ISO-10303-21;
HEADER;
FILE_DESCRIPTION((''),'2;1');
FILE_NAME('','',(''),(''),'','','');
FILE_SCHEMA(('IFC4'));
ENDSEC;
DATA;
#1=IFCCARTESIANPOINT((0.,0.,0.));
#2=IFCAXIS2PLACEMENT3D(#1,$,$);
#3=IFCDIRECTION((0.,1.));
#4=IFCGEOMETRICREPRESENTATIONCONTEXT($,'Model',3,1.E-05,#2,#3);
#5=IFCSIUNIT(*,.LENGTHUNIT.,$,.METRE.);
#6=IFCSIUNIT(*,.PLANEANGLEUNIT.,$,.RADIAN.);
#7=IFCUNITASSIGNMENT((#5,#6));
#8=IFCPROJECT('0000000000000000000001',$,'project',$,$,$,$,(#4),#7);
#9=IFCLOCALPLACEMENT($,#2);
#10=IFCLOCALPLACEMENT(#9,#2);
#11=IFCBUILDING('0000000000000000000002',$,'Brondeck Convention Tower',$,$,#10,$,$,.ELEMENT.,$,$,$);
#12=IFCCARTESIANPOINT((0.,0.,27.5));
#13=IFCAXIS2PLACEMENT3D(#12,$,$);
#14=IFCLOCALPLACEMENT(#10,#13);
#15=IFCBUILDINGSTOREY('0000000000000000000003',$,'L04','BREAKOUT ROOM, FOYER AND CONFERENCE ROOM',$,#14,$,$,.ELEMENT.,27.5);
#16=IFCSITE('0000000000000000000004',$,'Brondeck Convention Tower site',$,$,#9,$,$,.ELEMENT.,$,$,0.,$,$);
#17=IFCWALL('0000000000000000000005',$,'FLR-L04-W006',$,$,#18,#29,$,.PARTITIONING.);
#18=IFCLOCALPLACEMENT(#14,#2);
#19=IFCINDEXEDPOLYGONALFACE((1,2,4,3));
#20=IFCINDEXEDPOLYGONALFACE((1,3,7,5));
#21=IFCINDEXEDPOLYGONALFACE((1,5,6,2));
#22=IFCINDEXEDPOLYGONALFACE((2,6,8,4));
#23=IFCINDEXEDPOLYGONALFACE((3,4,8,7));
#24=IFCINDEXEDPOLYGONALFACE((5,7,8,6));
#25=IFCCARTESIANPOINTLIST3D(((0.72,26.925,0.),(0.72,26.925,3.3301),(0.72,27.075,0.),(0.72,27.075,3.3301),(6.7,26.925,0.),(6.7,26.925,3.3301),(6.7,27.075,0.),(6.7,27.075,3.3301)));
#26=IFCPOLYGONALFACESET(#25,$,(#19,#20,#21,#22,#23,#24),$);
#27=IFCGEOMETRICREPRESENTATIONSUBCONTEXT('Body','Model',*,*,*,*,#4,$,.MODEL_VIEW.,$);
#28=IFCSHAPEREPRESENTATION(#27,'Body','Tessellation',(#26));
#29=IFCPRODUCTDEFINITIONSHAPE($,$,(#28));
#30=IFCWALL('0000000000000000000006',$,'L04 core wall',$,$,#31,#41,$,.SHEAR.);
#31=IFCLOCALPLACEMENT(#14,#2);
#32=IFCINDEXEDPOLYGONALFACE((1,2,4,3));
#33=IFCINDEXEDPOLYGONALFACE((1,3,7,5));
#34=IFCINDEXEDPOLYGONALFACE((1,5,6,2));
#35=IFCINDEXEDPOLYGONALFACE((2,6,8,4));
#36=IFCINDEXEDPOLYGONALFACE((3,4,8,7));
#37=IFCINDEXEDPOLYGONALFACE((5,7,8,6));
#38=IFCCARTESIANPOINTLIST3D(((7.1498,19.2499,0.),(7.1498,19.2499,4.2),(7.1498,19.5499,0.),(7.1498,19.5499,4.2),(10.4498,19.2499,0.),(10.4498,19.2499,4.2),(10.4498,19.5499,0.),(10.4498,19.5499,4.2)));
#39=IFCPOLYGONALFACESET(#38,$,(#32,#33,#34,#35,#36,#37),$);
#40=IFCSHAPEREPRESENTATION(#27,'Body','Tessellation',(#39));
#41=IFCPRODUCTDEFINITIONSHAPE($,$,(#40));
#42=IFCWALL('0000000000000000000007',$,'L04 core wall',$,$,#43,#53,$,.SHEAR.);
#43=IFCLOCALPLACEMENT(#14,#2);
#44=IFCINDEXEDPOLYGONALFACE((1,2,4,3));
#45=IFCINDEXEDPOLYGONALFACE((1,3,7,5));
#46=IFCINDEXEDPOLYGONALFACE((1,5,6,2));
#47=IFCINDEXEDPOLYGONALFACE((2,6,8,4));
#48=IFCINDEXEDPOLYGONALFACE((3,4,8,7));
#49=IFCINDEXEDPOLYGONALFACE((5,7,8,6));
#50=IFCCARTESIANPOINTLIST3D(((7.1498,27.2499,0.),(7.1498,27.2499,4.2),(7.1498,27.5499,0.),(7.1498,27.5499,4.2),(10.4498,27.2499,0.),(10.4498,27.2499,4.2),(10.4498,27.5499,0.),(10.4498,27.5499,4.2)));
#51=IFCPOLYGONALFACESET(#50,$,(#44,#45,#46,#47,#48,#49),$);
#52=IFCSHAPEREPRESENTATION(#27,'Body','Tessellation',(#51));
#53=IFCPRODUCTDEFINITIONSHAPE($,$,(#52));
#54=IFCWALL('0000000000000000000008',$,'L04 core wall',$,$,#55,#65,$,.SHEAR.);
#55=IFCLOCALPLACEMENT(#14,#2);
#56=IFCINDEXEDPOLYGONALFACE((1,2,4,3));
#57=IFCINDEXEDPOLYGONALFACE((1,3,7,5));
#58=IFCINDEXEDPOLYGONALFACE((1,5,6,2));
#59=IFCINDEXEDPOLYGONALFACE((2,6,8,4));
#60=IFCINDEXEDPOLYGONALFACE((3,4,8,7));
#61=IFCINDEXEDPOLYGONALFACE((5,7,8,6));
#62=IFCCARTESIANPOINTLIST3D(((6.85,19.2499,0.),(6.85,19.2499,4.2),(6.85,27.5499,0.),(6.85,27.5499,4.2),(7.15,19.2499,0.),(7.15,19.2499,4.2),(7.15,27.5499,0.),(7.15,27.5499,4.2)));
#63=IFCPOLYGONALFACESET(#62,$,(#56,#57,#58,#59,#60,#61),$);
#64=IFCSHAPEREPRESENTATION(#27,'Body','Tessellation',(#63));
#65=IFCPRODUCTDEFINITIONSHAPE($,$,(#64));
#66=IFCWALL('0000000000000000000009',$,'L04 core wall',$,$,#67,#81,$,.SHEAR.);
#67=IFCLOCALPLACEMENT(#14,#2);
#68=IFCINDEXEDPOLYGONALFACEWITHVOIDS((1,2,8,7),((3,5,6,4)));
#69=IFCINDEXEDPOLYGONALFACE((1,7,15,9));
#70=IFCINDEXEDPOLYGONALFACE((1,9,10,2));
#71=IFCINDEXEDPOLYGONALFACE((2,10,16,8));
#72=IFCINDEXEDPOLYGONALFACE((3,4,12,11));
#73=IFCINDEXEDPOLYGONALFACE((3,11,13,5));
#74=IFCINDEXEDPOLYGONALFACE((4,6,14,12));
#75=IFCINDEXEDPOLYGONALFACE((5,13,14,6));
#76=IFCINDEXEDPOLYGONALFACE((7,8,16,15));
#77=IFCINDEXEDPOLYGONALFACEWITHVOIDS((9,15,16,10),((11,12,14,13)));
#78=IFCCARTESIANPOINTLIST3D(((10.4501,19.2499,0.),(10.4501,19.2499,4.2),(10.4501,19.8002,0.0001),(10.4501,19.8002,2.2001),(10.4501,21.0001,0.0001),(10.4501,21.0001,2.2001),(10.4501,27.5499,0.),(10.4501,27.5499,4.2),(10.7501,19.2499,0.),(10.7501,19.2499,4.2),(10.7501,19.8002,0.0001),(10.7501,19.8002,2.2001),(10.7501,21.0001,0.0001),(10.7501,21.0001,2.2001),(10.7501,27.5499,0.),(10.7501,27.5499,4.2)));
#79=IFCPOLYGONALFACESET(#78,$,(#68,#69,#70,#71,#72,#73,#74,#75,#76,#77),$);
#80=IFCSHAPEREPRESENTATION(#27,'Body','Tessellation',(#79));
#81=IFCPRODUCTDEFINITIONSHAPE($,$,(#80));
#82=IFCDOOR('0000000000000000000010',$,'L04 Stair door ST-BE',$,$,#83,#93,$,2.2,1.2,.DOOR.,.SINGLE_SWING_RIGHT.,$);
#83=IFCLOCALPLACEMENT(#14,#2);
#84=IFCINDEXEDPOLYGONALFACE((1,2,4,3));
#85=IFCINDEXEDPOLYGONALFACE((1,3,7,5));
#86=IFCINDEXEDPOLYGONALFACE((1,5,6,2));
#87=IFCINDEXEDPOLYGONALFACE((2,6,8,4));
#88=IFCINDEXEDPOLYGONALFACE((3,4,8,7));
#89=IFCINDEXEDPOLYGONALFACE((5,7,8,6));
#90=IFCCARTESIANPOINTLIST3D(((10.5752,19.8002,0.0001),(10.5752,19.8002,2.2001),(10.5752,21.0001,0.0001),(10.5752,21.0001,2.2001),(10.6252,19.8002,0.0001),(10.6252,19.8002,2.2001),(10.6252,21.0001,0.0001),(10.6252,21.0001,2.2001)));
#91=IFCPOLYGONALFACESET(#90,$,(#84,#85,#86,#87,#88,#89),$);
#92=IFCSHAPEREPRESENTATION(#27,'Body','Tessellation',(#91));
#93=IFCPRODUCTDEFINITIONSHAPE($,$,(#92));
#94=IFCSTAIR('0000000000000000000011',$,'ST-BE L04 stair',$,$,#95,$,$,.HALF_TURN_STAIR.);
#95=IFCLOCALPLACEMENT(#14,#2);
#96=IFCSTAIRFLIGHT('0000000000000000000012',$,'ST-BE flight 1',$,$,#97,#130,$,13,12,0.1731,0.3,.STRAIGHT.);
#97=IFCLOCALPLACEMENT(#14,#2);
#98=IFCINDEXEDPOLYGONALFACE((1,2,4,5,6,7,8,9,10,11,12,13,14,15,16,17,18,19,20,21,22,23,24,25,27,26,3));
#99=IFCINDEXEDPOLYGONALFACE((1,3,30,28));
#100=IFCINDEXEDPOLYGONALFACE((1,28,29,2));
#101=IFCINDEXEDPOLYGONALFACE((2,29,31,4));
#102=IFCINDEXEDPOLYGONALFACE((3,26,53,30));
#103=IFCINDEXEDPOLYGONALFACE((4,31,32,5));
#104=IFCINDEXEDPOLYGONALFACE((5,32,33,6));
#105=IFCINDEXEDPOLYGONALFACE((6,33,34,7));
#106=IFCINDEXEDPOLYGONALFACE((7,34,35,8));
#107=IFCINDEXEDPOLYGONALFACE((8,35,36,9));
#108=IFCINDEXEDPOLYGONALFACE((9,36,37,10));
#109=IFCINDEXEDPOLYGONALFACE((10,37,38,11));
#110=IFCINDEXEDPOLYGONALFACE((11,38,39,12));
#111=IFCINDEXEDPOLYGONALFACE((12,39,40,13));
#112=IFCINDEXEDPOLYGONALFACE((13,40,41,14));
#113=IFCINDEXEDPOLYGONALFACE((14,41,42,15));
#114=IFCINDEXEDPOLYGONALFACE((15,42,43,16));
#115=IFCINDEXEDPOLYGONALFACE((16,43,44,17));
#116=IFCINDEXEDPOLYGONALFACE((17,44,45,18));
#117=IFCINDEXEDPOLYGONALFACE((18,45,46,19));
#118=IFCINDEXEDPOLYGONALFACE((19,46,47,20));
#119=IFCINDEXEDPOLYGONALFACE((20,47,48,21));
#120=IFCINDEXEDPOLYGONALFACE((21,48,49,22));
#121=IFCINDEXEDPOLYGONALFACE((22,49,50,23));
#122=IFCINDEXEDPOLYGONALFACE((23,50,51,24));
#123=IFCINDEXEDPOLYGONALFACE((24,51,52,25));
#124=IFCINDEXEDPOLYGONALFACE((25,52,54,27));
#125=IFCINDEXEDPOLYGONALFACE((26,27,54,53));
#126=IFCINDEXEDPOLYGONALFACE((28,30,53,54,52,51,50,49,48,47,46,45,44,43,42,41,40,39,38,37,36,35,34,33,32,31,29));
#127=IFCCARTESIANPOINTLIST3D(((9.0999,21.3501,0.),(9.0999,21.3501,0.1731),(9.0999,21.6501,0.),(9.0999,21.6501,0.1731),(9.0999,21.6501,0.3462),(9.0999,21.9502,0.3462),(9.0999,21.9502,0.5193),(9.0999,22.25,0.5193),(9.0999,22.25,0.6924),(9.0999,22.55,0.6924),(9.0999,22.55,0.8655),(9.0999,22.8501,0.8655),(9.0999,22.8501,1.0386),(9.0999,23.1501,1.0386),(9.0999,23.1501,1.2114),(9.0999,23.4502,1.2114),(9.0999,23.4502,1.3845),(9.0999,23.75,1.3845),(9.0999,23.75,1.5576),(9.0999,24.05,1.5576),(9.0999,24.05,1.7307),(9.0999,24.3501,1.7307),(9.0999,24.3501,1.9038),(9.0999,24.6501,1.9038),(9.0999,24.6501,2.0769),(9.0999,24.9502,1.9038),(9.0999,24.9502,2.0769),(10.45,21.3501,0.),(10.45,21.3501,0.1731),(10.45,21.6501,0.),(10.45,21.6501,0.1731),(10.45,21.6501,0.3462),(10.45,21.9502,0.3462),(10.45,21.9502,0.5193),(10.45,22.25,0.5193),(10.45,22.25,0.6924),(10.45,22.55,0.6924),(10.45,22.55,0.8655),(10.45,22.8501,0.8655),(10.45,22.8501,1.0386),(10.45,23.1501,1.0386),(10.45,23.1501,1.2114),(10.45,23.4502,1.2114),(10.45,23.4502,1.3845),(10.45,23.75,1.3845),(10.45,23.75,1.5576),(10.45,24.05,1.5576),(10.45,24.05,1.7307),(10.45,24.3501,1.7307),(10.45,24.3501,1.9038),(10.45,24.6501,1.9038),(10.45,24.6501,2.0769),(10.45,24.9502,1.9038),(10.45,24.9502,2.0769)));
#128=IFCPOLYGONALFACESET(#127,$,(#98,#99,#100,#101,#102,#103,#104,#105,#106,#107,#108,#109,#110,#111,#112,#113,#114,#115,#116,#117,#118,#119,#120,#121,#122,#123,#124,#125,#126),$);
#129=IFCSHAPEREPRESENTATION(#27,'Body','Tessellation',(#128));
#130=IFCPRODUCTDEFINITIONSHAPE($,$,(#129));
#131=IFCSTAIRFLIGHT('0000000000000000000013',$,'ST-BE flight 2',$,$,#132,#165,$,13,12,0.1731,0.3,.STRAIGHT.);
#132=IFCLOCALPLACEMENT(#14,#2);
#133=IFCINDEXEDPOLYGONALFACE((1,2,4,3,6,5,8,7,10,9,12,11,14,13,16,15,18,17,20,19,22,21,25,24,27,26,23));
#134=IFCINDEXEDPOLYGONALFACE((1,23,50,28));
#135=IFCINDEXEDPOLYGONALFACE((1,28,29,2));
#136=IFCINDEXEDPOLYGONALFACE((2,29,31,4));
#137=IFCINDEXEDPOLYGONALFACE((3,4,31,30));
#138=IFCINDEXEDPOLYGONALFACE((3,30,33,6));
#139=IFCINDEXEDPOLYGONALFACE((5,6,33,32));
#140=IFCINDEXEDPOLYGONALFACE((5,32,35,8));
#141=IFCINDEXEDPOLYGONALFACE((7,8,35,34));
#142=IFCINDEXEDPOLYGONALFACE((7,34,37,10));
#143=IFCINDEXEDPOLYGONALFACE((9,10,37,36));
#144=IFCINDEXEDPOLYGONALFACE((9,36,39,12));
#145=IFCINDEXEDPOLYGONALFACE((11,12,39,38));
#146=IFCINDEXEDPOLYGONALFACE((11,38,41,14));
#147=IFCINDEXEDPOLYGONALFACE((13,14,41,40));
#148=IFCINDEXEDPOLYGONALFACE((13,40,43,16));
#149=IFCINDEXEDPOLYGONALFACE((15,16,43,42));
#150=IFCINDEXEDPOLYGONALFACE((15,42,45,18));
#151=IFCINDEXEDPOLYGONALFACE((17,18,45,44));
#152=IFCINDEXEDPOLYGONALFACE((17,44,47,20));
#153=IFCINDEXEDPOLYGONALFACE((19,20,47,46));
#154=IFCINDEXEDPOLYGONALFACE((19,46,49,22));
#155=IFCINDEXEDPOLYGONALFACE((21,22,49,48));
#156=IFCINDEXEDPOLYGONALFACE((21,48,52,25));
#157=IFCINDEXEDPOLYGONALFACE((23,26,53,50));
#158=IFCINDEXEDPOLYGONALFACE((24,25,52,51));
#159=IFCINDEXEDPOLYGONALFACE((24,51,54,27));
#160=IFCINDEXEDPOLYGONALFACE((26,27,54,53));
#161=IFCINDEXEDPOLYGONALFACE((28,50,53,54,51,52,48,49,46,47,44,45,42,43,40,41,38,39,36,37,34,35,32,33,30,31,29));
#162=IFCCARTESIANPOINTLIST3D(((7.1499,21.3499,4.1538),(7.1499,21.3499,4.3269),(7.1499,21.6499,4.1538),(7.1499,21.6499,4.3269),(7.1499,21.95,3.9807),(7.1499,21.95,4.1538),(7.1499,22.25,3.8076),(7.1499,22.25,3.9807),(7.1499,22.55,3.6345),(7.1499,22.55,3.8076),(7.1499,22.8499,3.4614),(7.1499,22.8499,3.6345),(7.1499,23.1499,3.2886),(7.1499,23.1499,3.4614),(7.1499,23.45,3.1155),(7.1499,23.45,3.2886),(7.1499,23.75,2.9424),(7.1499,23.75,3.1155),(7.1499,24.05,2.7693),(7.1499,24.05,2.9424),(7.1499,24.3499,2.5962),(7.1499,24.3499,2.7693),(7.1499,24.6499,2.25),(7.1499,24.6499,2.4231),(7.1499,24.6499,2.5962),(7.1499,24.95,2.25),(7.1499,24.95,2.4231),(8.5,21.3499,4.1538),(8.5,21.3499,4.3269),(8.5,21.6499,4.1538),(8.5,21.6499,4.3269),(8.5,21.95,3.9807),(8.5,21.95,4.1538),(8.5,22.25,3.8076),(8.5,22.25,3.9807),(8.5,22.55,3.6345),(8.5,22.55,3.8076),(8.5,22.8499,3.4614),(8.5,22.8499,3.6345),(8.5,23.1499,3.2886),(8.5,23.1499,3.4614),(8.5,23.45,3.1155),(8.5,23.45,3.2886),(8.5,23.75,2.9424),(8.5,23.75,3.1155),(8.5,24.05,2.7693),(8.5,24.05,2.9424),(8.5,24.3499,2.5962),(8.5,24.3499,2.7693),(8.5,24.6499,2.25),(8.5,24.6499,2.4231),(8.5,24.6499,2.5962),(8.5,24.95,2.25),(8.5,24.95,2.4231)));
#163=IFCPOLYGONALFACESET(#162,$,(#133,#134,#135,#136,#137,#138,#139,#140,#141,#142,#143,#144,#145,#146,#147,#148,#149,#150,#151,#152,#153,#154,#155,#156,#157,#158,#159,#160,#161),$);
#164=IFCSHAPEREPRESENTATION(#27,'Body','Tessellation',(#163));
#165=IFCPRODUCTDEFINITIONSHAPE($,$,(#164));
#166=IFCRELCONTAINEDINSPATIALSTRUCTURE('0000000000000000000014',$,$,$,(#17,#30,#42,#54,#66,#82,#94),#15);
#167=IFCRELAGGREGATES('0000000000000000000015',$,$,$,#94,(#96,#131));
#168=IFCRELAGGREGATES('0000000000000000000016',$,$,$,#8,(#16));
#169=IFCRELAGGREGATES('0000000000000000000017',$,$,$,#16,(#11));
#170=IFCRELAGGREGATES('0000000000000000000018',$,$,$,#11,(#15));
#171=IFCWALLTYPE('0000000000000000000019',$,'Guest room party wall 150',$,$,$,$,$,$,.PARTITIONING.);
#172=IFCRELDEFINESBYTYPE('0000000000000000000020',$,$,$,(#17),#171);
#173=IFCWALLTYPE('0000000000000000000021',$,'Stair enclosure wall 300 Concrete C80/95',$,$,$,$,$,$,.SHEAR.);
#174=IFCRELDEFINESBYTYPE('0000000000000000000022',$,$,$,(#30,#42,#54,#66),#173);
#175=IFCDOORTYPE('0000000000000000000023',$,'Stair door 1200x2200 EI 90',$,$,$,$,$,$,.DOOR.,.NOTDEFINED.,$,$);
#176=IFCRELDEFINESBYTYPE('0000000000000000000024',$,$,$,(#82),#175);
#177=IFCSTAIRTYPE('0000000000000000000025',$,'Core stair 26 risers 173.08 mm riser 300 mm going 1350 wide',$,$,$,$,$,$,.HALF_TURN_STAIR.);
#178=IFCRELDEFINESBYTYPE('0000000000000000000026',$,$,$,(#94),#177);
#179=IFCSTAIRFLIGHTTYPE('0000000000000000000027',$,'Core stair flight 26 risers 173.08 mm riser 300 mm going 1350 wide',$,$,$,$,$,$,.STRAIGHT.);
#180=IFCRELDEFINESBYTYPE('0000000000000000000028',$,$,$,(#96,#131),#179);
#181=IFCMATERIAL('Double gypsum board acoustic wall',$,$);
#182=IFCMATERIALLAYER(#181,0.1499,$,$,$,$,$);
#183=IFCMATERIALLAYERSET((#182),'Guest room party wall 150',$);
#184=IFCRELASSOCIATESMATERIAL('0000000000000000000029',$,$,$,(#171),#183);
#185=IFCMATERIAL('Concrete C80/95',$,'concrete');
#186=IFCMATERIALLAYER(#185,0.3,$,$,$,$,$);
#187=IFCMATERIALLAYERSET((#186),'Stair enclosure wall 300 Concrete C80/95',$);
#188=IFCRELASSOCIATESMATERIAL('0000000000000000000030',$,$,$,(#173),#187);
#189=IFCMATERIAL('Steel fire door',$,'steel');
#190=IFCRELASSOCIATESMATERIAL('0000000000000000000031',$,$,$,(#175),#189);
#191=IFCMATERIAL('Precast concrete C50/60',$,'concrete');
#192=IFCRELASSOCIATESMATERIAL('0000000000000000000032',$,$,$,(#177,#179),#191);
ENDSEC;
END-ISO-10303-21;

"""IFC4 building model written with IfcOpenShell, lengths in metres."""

from ifc_helpers import new_model, si_unit, direction, frame, frame_2d, origin, place, context, subcontext, project, spatial, polyline, rectangle, outline, extrude, material, layer, layer_set, type_object, element, fill, aggregate, save


model = new_model("IFC4")

# Units and contexts
model_context = context("Model", 3, precision=1e-05, world=origin(), true_north=direction((0.0, 1.0)))
body_context = subcontext(model_context, "Body", "Model", "MODEL_VIEW")
ifc_project = project(units=[si_unit("LENGTHUNIT", "METRE"), si_unit("PLANEANGLEUNIT", "RADIAN")], contexts=[model_context])

# Site, building, storey
site_placement = place(None, origin())
site = spatial("IfcSite", under=ifc_project, at=site_placement, Name="Brondeck Convention Tower site", CompositionType="ELEMENT", RefElevation=0.0)
building_placement = place(site_placement, origin())
building = spatial("IfcBuilding", under=site, at=building_placement, Name="Brondeck Convention Tower", CompositionType="ELEMENT")
storey_placement = place(building_placement, frame((0.0, 0.0, 27.5)))
storey = spatial("IfcBuildingStorey", under=building, at=storey_placement, Name="L04", Description="BREAKOUT ROOM, FOYER AND CONFERENCE ROOM", CompositionType="ELEMENT", Elevation=27.5)

# Shared definitions
ifc_material_1 = material(Name="Concrete C80/95", Category="concrete")

# Walls
ifc_material_2 = material(Name="Double gypsum board acoustic wall")
ifc_layer_1 = layer(ifc_material_2, 0.1499)
ifc_layer_set_1 = layer_set([ifc_layer_1], Name="Guest room party wall 150")
wall_type_1 = type_object("IfcWallType", Name="Guest room party wall 150", PredefinedType="PARTITIONING", material=ifc_layer_set_1)
wall_1_placement = place(storey_placement, frame((0.72, 27.0, 0.0), z_axis=(0.0, 0.0, 1.0), x_axis=(1.0, 0.0, 0.0)))
element("IfcWall", 1, at=wall_1_placement, inside=storey, type_object=wall_type_1, Name="FLR-L04-W006", PredefinedType="PARTITIONING", context=body_context, shape_type="SweptSolid", body=[
    extrude(rectangle(XDim=5.98, YDim=0.1499, at=frame_2d((2.99, 0.0))), origin(), (0.0, 0.0, 1.0), 3.3301),
])
ifc_layer_2 = layer(ifc_material_1, 0.3)
ifc_layer_set_2 = layer_set([ifc_layer_2], Name="Stair enclosure wall 300 Concrete C80/95")
wall_type_2 = type_object("IfcWallType", Name="Stair enclosure wall 300 Concrete C80/95", PredefinedType="SHEAR", material=ifc_layer_set_2)
for number, where, z_axis, x_axis, name in (
    (2, (7.1499, 19.3999, 0.0), (0.0, 0.0, 1.0), (1.0, 0.0, 0.0), "L04 core wall"),
    (3, (7.1499, 27.3999, 0.0), (0.0, 0.0, 1.0), (1.0, 0.0, 0.0), "L04 core wall"),
):
    element("IfcWall", number, at=place(storey_placement, frame(where, z_axis=z_axis, x_axis=x_axis)), inside=storey, type_object=wall_type_2, Name=name, PredefinedType="SHEAR", context=body_context, shape_type="SweptSolid", body=[
        extrude(rectangle(XDim=3.3, YDim=0.3, at=frame_2d((1.6499, 0.0))), origin(), (0.0, 0.0, 1.0), 4.2),
    ])
wall_2_placement = place(storey_placement, frame((7.0, 19.25, 0.0), z_axis=(0.0, 0.0, 1.0), x_axis=(0.0, 1.0, 0.0)))
element("IfcWall", 4, at=wall_2_placement, inside=storey, type_object=wall_type_2, Name="L04 core wall", PredefinedType="SHEAR", context=body_context, shape_type="SweptSolid", body=[
    extrude(rectangle(XDim=8.3, YDim=0.3, at=frame_2d((4.1499, 0.0))), origin(), (0.0, 0.0, 1.0), 4.2),
])

# Wall, opening, door
wall_3_placement = place(storey_placement, frame((10.6001, 19.25, 0.0), z_axis=(0.0, 0.0, 1.0), x_axis=(0.0, 1.0, 0.0)))
wall_3 = element("IfcWall", 5, at=wall_3_placement, inside=storey, type_object=wall_type_2, Name="L04 core wall", PredefinedType="SHEAR", context=body_context, shape_type="SweptSolid", body=[
    extrude(rectangle(XDim=8.3, YDim=0.3, at=frame_2d((4.1499, 0.0))), origin(), (0.0, 0.0, 1.0), 4.2),
])
opening_1_placement = place(wall_3_placement, frame((0.55, 0.0, 0.0)))
opening_1 = element("IfcOpeningElement", 6, at=opening_1_placement, cuts=wall_3, PredefinedType="OPENING", context=body_context, shape_type="SweptSolid", body=[
    extrude(rectangle(XDim=1.2, YDim=2.2, at=frame_2d((0.6001, 1.1001))), frame((0.0, 0.1599, 0.0), z_axis=(0.0, -1.0, 0.0), x_axis=(1.0, 0.0, 0.0)), (0.0, 0.0, 1.0), 0.3201),
])
ifc_material_3 = material(Name="Steel fire door", Category="steel")
door_type = type_object("IfcDoorType", Name="Stair door 1200x2200 EI 90", OperationType="NOTDEFINED", PredefinedType="DOOR", material=ifc_material_3)
door_placement = place(opening_1_placement, origin())
door = element("IfcDoor", 7, at=door_placement, inside=storey, type_object=door_type, Name="L04 Stair door ST-BE", OperationType="SINGLE_SWING_RIGHT", OverallHeight=2.2, OverallWidth=1.2, PredefinedType="DOOR", context=body_context, shape_type="SweptSolid", body=[
    extrude(rectangle(XDim=1.2, YDim=2.2, at=frame_2d((0.6001, 1.1001))), frame((0.0, 0.0249, 0.0), z_axis=(0.0, -1.0, 0.0), x_axis=(1.0, 0.0, 0.0)), (0.0, 0.0, 1.0), 0.05),
])
fill(opening_1, door)

# Stair, stair flights
ifc_material_4 = material(Name="Precast concrete C50/60", Category="concrete")
stair_type = type_object("IfcStairType", Name="Core stair 26 risers 173.08 mm riser 300 mm going 1350 wide", PredefinedType="HALF_TURN_STAIR", material=ifc_material_4)
stair_placement = place(storey_placement, origin())
stair = element("IfcStair", 8, at=stair_placement, inside=storey, type_object=stair_type, Name="ST-BE L04 stair", PredefinedType="HALF_TURN_STAIR")
stair_flight_type = type_object("IfcStairFlightType", Name="Core stair flight 26 risers 173.08 mm riser 300 mm going 1350 wide", PredefinedType="STRAIGHT", material=ifc_material_4)
stair_flight_1_placement = place(storey_placement, frame((9.7749, 21.3501, 0.0), z_axis=(0.0, 0.0, 1.0), x_axis=(0.0, 1.0, 0.0)))
stair_flight_1 = element("IfcStairFlight", 9, at=stair_flight_1_placement, type_object=stair_flight_type, Name="ST-BE flight 1", NumberOfRisers=13, NumberOfTreads=12, PredefinedType="STRAIGHT", RiserHeight=0.1731, TreadLength=0.3, context=body_context, shape_type="SweptSolid", body=[
    extrude(outline(polyline([(0.0, 0.0), (0.0, 0.1731), (0.3, 0.1731), (0.3, 0.3462), (0.6001, 0.3462), (0.6001, 0.5193), (0.8999, 0.5193), (0.8999, 0.6924), (1.2, 0.6924), (1.2, 0.8655), (1.5, 0.8655), (1.5, 1.0386), (1.8, 1.0386), (1.8, 1.2114), (2.1001, 1.2114), (2.1001, 1.3845), (2.3999, 1.3845), (2.3999, 1.5576), (2.7, 1.5576), (2.7, 1.7307), (3.0, 1.7307), (3.0, 1.9038), (3.3, 1.9038), (3.3, 2.0769), (3.6001, 2.0769), (3.6001, 2.25), (3.6001, 1.9038), (0.3, 0.0), (0.0, 0.0)])), frame((0.0, 0.675, 0.0), z_axis=(0.0, -1.0, 0.0), x_axis=(1.0, 0.0, 0.0)), (0.0, 0.0, 1.0), 1.3501),
])
stair_flight_2_placement = place(storey_placement, frame((7.825, 24.95, 2.25), z_axis=(0.0, 0.0, 1.0), x_axis=(0.0, -1.0, 0.0)))
stair_flight_2 = element("IfcStairFlight", 10, at=stair_flight_2_placement, type_object=stair_flight_type, Name="ST-BE flight 2", NumberOfRisers=13, NumberOfTreads=12, PredefinedType="STRAIGHT", RiserHeight=0.1731, TreadLength=0.3, context=body_context, shape_type="SweptSolid", body=[
    extrude(outline(polyline([(0.0, 0.0), (0.0, 0.1731), (0.3, 0.1731), (0.3, 0.3462), (0.6001, 0.3462), (0.6001, 0.5193), (0.8999, 0.5193), (0.8999, 0.6924), (1.2, 0.6924), (1.2, 0.8655), (1.5, 0.8655), (1.5, 1.0386), (1.8, 1.0386), (1.8, 1.2114), (2.1001, 1.2114), (2.1001, 1.3845), (2.3999, 1.3845), (2.3999, 1.5576), (2.7, 1.5576), (2.7, 1.7307), (3.0, 1.7307), (3.0, 1.9038), (3.3, 1.9038), (3.3, 2.0769), (3.6001, 2.0769), (3.6001, 2.25), (3.6001, 1.9038), (0.3, 0.0), (0.0, 0.0)])), frame((0.0, 0.675, 0.0), z_axis=(0.0, -1.0, 0.0), x_axis=(1.0, 0.0, 0.0)), (0.0, 0.0, 1.0), 1.3501),
])
aggregate(stair, [stair_flight_1, stair_flight_2])

save(model, "model.ifc")
